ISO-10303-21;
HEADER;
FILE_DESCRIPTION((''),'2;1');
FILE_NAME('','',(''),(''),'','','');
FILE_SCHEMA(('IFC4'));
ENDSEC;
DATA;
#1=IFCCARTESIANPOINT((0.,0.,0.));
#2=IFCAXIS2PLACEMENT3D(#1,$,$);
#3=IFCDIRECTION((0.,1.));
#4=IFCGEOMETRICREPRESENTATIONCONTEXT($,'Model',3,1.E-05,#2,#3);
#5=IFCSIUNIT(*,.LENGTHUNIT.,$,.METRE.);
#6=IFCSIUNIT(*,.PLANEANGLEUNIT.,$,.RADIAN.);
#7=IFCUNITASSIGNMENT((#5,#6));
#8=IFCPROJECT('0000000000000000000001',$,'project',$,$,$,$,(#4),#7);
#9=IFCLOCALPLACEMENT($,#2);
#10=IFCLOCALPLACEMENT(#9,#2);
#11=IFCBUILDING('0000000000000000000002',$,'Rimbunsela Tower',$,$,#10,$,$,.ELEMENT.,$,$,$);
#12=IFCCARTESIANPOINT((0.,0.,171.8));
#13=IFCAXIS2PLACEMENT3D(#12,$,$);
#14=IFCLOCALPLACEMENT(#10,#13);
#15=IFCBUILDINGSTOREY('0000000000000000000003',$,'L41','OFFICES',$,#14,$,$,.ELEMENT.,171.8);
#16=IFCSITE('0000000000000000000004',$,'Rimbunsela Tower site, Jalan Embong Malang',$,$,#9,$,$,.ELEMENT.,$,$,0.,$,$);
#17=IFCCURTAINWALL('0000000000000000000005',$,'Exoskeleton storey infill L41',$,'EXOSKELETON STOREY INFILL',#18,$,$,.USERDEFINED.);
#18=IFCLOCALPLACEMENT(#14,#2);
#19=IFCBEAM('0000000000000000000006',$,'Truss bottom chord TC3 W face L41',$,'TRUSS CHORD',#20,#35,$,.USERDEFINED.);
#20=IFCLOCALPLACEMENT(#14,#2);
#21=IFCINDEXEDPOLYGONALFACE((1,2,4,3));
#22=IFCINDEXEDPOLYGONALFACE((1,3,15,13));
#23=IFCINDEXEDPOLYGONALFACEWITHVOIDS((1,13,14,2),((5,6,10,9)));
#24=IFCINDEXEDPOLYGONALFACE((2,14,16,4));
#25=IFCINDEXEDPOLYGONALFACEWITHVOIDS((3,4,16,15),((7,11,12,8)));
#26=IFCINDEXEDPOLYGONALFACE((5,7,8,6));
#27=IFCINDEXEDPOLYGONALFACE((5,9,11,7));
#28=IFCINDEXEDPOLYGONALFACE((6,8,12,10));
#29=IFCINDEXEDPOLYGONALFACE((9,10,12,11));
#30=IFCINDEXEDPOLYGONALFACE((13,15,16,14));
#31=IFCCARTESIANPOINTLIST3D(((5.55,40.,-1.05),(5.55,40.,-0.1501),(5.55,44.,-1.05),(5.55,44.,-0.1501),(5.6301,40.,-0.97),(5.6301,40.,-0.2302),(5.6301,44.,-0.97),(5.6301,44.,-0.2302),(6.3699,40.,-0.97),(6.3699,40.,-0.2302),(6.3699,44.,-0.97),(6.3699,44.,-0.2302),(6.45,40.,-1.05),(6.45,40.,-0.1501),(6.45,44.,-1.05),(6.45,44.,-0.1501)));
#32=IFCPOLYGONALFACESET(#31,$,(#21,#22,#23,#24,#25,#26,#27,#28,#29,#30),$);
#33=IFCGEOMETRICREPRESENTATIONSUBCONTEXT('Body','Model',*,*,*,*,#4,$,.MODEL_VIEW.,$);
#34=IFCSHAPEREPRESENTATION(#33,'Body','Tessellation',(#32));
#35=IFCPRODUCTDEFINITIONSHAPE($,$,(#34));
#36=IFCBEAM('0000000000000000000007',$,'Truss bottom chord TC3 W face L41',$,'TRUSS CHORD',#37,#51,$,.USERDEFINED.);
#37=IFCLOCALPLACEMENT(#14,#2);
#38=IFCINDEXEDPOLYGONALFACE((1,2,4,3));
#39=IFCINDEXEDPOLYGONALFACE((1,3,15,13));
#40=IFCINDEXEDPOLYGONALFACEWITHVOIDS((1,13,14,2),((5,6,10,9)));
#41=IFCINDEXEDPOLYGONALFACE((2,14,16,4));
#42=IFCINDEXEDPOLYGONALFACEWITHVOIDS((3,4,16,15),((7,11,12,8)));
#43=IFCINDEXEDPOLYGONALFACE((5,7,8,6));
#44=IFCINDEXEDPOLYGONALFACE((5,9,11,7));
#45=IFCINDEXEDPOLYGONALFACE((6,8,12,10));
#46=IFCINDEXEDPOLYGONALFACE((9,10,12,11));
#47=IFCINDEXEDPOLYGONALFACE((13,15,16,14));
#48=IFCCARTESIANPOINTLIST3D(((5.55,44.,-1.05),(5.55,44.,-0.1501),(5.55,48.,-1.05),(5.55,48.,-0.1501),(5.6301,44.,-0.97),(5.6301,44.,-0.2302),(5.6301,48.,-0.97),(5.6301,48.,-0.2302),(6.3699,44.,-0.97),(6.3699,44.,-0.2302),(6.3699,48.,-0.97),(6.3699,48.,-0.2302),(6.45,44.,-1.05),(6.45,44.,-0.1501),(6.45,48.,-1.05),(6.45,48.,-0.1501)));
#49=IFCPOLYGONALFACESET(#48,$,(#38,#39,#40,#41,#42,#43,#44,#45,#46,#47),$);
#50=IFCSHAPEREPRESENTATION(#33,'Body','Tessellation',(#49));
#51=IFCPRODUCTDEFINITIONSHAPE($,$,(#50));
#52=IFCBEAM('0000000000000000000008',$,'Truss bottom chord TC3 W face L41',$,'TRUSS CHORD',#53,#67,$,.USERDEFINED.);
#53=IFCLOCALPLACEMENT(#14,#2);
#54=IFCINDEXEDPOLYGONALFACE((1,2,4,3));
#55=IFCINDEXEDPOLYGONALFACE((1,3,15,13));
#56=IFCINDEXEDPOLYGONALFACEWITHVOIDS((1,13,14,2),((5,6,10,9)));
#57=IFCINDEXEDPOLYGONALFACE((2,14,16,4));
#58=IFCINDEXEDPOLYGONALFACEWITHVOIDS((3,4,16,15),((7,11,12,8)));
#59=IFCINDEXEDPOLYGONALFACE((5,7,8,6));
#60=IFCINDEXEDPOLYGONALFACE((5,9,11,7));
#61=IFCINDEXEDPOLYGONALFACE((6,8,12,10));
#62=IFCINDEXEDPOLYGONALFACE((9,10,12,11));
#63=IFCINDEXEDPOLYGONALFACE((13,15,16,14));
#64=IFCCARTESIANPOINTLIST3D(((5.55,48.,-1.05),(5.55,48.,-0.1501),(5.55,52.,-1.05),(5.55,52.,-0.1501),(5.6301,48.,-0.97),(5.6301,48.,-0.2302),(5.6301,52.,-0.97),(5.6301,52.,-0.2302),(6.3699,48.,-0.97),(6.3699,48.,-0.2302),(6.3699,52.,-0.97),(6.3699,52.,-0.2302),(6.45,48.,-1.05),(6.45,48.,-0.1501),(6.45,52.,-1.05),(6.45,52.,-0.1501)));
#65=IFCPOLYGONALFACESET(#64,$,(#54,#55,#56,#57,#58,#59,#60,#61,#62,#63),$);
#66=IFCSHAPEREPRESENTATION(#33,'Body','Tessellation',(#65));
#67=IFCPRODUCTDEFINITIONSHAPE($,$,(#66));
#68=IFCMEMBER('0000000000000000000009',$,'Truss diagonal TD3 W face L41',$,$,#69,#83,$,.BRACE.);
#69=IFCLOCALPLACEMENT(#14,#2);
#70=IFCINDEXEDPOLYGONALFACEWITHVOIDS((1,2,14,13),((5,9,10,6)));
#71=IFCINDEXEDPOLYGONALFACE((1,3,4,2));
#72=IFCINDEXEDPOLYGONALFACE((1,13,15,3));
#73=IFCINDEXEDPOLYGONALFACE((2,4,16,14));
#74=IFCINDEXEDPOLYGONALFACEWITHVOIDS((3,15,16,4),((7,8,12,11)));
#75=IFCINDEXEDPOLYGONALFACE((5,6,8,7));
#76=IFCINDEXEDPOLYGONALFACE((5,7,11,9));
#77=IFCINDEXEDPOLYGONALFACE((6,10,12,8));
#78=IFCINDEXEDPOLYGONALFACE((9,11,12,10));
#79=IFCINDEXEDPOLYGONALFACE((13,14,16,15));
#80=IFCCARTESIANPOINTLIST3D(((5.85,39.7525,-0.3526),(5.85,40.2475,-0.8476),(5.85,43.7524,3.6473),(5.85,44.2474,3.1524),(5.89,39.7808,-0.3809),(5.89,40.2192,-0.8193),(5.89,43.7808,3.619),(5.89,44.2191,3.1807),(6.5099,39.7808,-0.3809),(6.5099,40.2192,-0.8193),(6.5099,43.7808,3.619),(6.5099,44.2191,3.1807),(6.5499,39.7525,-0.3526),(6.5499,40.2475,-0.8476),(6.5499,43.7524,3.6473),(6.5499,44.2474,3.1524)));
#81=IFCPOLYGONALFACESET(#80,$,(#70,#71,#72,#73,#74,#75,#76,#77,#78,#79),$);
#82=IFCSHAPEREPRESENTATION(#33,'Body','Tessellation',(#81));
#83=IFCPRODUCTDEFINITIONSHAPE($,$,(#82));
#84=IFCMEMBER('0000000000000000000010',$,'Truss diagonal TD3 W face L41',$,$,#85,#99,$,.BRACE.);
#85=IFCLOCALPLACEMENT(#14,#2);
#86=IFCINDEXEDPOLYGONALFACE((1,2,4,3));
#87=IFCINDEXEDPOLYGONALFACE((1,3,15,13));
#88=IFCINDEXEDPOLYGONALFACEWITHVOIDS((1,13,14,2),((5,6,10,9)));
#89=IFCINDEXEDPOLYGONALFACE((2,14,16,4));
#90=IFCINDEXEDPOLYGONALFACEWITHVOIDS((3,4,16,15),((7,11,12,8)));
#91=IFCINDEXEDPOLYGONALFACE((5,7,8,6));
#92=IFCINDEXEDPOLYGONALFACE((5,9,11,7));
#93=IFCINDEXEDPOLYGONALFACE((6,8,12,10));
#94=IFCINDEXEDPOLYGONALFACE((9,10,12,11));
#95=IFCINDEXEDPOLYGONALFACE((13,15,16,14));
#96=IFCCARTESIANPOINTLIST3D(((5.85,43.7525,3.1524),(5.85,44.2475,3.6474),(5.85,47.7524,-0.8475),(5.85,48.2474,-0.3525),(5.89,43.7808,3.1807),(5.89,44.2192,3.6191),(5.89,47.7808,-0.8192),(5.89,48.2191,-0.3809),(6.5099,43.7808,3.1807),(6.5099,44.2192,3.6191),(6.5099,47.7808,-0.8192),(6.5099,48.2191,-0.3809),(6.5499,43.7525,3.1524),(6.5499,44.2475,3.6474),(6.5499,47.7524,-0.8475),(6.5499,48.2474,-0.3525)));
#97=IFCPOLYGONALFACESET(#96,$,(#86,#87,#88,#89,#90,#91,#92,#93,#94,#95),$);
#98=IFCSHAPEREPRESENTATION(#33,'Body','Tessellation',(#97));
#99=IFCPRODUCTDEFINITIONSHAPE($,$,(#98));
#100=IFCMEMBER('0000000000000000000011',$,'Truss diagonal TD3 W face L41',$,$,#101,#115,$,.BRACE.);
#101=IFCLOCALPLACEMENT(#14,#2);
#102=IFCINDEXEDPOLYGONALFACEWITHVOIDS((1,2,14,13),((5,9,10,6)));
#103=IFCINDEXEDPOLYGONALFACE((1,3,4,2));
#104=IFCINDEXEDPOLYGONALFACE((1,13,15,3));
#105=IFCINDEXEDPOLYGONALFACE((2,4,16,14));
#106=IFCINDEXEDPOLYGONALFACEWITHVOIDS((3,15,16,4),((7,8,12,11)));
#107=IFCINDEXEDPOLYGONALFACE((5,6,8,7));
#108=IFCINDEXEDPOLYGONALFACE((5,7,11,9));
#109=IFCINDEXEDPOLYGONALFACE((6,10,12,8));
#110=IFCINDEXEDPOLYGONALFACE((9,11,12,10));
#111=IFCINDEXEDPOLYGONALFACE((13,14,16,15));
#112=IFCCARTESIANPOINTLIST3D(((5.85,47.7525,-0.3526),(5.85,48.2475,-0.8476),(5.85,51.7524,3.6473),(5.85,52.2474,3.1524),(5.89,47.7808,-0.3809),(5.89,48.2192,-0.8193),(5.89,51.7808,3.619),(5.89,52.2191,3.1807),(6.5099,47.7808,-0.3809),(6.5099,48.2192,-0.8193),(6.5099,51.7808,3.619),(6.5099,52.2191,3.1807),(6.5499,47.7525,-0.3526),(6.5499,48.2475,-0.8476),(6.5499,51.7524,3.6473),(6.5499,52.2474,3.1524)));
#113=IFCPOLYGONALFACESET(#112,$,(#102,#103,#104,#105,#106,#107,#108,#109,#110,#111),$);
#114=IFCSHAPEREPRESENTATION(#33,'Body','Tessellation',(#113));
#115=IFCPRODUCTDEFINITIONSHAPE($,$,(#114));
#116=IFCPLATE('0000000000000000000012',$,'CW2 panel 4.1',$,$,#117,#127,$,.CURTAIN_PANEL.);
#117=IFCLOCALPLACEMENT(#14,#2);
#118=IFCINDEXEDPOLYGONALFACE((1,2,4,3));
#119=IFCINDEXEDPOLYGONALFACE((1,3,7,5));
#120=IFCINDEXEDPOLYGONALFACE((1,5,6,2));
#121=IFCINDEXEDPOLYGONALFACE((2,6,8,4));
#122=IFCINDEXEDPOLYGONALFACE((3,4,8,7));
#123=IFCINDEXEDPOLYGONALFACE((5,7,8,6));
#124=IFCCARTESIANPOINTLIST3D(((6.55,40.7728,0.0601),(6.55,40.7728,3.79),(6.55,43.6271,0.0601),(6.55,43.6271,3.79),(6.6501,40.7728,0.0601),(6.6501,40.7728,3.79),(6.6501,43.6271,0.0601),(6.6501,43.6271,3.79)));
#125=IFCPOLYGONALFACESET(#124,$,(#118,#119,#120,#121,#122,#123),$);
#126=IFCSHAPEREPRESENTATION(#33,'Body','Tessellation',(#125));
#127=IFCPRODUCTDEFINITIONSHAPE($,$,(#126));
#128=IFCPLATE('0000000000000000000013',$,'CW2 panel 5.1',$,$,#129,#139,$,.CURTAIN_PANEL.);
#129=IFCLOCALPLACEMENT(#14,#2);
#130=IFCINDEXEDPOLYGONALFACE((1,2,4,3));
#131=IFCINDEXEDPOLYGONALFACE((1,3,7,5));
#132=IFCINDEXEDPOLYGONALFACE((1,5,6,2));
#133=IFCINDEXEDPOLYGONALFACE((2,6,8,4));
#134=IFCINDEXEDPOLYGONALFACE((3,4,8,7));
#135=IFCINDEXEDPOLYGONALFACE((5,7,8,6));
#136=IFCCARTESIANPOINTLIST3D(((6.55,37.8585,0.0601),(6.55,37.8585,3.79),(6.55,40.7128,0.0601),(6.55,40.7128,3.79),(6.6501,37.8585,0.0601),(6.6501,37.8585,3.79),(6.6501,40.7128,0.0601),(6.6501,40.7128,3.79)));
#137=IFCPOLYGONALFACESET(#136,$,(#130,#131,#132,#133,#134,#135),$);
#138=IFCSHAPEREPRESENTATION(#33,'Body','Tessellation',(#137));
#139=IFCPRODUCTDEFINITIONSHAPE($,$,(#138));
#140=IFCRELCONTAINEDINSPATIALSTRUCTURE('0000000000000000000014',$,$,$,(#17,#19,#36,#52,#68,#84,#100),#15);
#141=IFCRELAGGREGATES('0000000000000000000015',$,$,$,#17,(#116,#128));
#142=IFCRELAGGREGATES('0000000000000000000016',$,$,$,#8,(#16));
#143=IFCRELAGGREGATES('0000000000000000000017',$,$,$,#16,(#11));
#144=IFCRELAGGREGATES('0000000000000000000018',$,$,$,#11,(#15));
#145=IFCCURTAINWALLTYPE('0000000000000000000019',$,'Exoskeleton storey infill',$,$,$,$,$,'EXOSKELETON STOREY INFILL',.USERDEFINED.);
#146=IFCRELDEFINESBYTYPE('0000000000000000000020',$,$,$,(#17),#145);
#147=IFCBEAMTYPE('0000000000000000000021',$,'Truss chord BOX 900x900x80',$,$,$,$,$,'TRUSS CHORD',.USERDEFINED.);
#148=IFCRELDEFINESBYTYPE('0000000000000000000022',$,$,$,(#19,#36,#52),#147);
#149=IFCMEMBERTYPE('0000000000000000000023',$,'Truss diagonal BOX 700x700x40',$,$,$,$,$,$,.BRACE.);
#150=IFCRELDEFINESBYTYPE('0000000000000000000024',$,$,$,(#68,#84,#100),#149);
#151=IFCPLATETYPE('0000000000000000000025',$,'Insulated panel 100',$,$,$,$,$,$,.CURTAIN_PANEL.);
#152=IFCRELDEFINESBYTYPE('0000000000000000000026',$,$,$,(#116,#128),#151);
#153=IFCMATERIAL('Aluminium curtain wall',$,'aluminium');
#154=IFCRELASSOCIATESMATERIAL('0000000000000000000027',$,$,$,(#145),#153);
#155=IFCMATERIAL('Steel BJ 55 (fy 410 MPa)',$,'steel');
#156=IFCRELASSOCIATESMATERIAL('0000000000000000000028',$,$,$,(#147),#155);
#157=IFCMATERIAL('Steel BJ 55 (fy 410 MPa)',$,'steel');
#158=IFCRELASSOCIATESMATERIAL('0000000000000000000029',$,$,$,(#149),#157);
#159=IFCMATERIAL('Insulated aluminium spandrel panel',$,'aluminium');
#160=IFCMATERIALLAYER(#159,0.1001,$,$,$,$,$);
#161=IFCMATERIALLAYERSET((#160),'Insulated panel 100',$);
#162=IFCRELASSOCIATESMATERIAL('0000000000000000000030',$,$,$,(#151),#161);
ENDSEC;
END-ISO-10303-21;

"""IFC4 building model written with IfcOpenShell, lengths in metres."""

from ifc_helpers import new_model, si_unit, direction, frame, origin, origin_2d, place, context, subcontext, project, spatial, rectangle, hollow_rectangle, extrude, material, layer, layer_set, material_profile, profile_set, type_object, element, aggregate, save


model = new_model("IFC4")

# Units and contexts
model_context = context("Model", 3, precision=1e-05, world=origin(), true_north=direction((0.0, 1.0)))
body_context = subcontext(model_context, "Body", "Model", "MODEL_VIEW")
ifc_project = project(units=[si_unit("LENGTHUNIT", "METRE"), si_unit("PLANEANGLEUNIT", "RADIAN")], contexts=[model_context])

# Site, building, storey
site_placement = place(None, origin())
site = spatial("IfcSite", under=ifc_project, at=site_placement, Name="Rimbunsela Tower site, Jalan Embong Malang", CompositionType="ELEMENT", RefElevation=0.0)
building_placement = place(site_placement, origin())
building = spatial("IfcBuilding", under=site, at=building_placement, Name="Rimbunsela Tower", CompositionType="ELEMENT")
storey_placement = place(building_placement, frame((0.0, 0.0, 171.8)))
storey = spatial("IfcBuildingStorey", under=building, at=storey_placement, Name="L41", Description="OFFICES", CompositionType="ELEMENT", Elevation=171.8)

# Curtain wall
ifc_material_1 = material(Name="Aluminium curtain wall", Category="aluminium")
curtain_wall_type = type_object("IfcCurtainWallType", Name="Exoskeleton storey infill", ElementType="EXOSKELETON STOREY INFILL", PredefinedType="USERDEFINED", material=ifc_material_1)
curtain_wall_placement = place(storey_placement, origin())
curtain_wall = element("IfcCurtainWall", 1, at=curtain_wall_placement, inside=storey, type_object=curtain_wall_type, Name="Exoskeleton storey infill L41", ObjectType="EXOSKELETON STOREY INFILL", PredefinedType="USERDEFINED")

# Beams
ifc_material_2 = material(Name="Steel BJ 55 (fy 410 MPa)", Category="steel")
ifc_material_profile_1 = material_profile(ifc_material_2, hollow_rectangle(XDim=0.8999, YDim=0.8999, WallThickness=0.0801, at=origin_2d()), Name="BOX 900x900x80")
ifc_profile_set_1 = profile_set([ifc_material_profile_1], Name="Steel BJ 55 (fy 410 MPa)")
beam_type = type_object("IfcBeamType", Name="Truss chord BOX 900x900x80", ElementType="TRUSS CHORD", PredefinedType="USERDEFINED", material=ifc_profile_set_1)
for number, where, z_axis, x_axis, name in (
    (2, (6.0, 40.0, -0.6001), (0.0, 1.0, 0.0), (-1.0, 0.0, 0.0), "Truss bottom chord TC3 W face L41"),
    (3, (6.0, 44.0, -0.6001), (0.0, 1.0, 0.0), (-1.0, 0.0, 0.0), "Truss bottom chord TC3 W face L41"),
    (4, (6.0, 48.0, -0.6001), (0.0, 1.0, 0.0), (-1.0, 0.0, 0.0), "Truss bottom chord TC3 W face L41"),
):
    element("IfcBeam", number, at=place(storey_placement, frame(where, z_axis=z_axis, x_axis=x_axis)), inside=storey, type_object=beam_type, Name=name, ObjectType="TRUSS CHORD", PredefinedType="USERDEFINED", context=body_context, shape_type="SweptSolid", body=[
        extrude(hollow_rectangle(XDim=0.8999, YDim=0.8999, WallThickness=0.0801, at=origin_2d()), origin(), (0.0, 0.0, 1.0), 4.0),
    ])

# Members
ifc_material_3 = material(Name="Steel BJ 55 (fy 410 MPa)", Category="steel")
ifc_material_profile_2 = material_profile(ifc_material_3, hollow_rectangle(XDim=0.7, YDim=0.7, WallThickness=0.04, at=origin_2d()), Name="BOX 700x700x40")
ifc_profile_set_2 = profile_set([ifc_material_profile_2], Name="Steel BJ 55 (fy 410 MPa)")
member_type_1 = type_object("IfcMemberType", Name="Truss diagonal BOX 700x700x40", PredefinedType="BRACE", material=ifc_profile_set_2)
for number, where, z_axis, x_axis, name in (
    (5, (6.2, 40.0, -0.6001), (0.0, 0.707107, 0.707107), (-1.0, 0.0, 0.0), "Truss diagonal TD3 W face L41"),
    (6, (6.2, 44.0, 3.3999), (0.0, 0.707107, -0.707107), (-1.0, 0.0, 0.0), "Truss diagonal TD3 W face L41"),
    (7, (6.2, 48.0, -0.6001), (0.0, 0.707107, 0.707107), (-1.0, 0.0, 0.0), "Truss diagonal TD3 W face L41"),
):
    element("IfcMember", number, at=place(storey_placement, frame(where, z_axis=z_axis, x_axis=x_axis)), inside=storey, type_object=member_type_1, Name=name, PredefinedType="BRACE", context=body_context, shape_type="SweptSolid", body=[
        extrude(hollow_rectangle(XDim=0.7, YDim=0.7, WallThickness=0.04, at=origin_2d()), origin(), (0.0, 0.0, 1.0), 5.6567),
    ])

# Plates
ifc_material_4 = material(Name="Insulated aluminium spandrel panel", Category="aluminium")
ifc_layer = layer(ifc_material_4, 0.1001)
ifc_layer_set = layer_set([ifc_layer], Name="Insulated panel 100")
plate_type = type_object("IfcPlateType", Name="Insulated panel 100", PredefinedType="CURTAIN_PANEL", material=ifc_layer_set)
plate_1_placement = place(storey_placement, frame((6.6001, 42.2, 0.0601), z_axis=(0.0, 0.0, 1.0), x_axis=(0.0, -1.0, 0.0)))
plate_1 = element("IfcPlate", 8, at=plate_1_placement, type_object=plate_type, Name="CW2 panel 4.1", PredefinedType="CURTAIN_PANEL", context=body_context, shape_type="SweptSolid", body=[
    extrude(rectangle(XDim=2.8542, YDim=0.1001, at=origin_2d()), origin(), (0.0, 0.0, 1.0), 3.73),
])
plate_2_placement = place(storey_placement, frame((6.6001, 39.2856, 0.0601), z_axis=(0.0, 0.0, 1.0), x_axis=(0.0, -1.0, 0.0)))
plate_2 = element("IfcPlate", 9, at=plate_2_placement, type_object=plate_type, Name="CW2 panel 5.1", PredefinedType="CURTAIN_PANEL", context=body_context, shape_type="SweptSolid", body=[
    extrude(rectangle(XDim=2.8542, YDim=0.1001, at=origin_2d()), origin(), (0.0, 0.0, 1.0), 3.73),
])
aggregate(curtain_wall, [plate_1, plate_2])

save(model, "model.ifc")
